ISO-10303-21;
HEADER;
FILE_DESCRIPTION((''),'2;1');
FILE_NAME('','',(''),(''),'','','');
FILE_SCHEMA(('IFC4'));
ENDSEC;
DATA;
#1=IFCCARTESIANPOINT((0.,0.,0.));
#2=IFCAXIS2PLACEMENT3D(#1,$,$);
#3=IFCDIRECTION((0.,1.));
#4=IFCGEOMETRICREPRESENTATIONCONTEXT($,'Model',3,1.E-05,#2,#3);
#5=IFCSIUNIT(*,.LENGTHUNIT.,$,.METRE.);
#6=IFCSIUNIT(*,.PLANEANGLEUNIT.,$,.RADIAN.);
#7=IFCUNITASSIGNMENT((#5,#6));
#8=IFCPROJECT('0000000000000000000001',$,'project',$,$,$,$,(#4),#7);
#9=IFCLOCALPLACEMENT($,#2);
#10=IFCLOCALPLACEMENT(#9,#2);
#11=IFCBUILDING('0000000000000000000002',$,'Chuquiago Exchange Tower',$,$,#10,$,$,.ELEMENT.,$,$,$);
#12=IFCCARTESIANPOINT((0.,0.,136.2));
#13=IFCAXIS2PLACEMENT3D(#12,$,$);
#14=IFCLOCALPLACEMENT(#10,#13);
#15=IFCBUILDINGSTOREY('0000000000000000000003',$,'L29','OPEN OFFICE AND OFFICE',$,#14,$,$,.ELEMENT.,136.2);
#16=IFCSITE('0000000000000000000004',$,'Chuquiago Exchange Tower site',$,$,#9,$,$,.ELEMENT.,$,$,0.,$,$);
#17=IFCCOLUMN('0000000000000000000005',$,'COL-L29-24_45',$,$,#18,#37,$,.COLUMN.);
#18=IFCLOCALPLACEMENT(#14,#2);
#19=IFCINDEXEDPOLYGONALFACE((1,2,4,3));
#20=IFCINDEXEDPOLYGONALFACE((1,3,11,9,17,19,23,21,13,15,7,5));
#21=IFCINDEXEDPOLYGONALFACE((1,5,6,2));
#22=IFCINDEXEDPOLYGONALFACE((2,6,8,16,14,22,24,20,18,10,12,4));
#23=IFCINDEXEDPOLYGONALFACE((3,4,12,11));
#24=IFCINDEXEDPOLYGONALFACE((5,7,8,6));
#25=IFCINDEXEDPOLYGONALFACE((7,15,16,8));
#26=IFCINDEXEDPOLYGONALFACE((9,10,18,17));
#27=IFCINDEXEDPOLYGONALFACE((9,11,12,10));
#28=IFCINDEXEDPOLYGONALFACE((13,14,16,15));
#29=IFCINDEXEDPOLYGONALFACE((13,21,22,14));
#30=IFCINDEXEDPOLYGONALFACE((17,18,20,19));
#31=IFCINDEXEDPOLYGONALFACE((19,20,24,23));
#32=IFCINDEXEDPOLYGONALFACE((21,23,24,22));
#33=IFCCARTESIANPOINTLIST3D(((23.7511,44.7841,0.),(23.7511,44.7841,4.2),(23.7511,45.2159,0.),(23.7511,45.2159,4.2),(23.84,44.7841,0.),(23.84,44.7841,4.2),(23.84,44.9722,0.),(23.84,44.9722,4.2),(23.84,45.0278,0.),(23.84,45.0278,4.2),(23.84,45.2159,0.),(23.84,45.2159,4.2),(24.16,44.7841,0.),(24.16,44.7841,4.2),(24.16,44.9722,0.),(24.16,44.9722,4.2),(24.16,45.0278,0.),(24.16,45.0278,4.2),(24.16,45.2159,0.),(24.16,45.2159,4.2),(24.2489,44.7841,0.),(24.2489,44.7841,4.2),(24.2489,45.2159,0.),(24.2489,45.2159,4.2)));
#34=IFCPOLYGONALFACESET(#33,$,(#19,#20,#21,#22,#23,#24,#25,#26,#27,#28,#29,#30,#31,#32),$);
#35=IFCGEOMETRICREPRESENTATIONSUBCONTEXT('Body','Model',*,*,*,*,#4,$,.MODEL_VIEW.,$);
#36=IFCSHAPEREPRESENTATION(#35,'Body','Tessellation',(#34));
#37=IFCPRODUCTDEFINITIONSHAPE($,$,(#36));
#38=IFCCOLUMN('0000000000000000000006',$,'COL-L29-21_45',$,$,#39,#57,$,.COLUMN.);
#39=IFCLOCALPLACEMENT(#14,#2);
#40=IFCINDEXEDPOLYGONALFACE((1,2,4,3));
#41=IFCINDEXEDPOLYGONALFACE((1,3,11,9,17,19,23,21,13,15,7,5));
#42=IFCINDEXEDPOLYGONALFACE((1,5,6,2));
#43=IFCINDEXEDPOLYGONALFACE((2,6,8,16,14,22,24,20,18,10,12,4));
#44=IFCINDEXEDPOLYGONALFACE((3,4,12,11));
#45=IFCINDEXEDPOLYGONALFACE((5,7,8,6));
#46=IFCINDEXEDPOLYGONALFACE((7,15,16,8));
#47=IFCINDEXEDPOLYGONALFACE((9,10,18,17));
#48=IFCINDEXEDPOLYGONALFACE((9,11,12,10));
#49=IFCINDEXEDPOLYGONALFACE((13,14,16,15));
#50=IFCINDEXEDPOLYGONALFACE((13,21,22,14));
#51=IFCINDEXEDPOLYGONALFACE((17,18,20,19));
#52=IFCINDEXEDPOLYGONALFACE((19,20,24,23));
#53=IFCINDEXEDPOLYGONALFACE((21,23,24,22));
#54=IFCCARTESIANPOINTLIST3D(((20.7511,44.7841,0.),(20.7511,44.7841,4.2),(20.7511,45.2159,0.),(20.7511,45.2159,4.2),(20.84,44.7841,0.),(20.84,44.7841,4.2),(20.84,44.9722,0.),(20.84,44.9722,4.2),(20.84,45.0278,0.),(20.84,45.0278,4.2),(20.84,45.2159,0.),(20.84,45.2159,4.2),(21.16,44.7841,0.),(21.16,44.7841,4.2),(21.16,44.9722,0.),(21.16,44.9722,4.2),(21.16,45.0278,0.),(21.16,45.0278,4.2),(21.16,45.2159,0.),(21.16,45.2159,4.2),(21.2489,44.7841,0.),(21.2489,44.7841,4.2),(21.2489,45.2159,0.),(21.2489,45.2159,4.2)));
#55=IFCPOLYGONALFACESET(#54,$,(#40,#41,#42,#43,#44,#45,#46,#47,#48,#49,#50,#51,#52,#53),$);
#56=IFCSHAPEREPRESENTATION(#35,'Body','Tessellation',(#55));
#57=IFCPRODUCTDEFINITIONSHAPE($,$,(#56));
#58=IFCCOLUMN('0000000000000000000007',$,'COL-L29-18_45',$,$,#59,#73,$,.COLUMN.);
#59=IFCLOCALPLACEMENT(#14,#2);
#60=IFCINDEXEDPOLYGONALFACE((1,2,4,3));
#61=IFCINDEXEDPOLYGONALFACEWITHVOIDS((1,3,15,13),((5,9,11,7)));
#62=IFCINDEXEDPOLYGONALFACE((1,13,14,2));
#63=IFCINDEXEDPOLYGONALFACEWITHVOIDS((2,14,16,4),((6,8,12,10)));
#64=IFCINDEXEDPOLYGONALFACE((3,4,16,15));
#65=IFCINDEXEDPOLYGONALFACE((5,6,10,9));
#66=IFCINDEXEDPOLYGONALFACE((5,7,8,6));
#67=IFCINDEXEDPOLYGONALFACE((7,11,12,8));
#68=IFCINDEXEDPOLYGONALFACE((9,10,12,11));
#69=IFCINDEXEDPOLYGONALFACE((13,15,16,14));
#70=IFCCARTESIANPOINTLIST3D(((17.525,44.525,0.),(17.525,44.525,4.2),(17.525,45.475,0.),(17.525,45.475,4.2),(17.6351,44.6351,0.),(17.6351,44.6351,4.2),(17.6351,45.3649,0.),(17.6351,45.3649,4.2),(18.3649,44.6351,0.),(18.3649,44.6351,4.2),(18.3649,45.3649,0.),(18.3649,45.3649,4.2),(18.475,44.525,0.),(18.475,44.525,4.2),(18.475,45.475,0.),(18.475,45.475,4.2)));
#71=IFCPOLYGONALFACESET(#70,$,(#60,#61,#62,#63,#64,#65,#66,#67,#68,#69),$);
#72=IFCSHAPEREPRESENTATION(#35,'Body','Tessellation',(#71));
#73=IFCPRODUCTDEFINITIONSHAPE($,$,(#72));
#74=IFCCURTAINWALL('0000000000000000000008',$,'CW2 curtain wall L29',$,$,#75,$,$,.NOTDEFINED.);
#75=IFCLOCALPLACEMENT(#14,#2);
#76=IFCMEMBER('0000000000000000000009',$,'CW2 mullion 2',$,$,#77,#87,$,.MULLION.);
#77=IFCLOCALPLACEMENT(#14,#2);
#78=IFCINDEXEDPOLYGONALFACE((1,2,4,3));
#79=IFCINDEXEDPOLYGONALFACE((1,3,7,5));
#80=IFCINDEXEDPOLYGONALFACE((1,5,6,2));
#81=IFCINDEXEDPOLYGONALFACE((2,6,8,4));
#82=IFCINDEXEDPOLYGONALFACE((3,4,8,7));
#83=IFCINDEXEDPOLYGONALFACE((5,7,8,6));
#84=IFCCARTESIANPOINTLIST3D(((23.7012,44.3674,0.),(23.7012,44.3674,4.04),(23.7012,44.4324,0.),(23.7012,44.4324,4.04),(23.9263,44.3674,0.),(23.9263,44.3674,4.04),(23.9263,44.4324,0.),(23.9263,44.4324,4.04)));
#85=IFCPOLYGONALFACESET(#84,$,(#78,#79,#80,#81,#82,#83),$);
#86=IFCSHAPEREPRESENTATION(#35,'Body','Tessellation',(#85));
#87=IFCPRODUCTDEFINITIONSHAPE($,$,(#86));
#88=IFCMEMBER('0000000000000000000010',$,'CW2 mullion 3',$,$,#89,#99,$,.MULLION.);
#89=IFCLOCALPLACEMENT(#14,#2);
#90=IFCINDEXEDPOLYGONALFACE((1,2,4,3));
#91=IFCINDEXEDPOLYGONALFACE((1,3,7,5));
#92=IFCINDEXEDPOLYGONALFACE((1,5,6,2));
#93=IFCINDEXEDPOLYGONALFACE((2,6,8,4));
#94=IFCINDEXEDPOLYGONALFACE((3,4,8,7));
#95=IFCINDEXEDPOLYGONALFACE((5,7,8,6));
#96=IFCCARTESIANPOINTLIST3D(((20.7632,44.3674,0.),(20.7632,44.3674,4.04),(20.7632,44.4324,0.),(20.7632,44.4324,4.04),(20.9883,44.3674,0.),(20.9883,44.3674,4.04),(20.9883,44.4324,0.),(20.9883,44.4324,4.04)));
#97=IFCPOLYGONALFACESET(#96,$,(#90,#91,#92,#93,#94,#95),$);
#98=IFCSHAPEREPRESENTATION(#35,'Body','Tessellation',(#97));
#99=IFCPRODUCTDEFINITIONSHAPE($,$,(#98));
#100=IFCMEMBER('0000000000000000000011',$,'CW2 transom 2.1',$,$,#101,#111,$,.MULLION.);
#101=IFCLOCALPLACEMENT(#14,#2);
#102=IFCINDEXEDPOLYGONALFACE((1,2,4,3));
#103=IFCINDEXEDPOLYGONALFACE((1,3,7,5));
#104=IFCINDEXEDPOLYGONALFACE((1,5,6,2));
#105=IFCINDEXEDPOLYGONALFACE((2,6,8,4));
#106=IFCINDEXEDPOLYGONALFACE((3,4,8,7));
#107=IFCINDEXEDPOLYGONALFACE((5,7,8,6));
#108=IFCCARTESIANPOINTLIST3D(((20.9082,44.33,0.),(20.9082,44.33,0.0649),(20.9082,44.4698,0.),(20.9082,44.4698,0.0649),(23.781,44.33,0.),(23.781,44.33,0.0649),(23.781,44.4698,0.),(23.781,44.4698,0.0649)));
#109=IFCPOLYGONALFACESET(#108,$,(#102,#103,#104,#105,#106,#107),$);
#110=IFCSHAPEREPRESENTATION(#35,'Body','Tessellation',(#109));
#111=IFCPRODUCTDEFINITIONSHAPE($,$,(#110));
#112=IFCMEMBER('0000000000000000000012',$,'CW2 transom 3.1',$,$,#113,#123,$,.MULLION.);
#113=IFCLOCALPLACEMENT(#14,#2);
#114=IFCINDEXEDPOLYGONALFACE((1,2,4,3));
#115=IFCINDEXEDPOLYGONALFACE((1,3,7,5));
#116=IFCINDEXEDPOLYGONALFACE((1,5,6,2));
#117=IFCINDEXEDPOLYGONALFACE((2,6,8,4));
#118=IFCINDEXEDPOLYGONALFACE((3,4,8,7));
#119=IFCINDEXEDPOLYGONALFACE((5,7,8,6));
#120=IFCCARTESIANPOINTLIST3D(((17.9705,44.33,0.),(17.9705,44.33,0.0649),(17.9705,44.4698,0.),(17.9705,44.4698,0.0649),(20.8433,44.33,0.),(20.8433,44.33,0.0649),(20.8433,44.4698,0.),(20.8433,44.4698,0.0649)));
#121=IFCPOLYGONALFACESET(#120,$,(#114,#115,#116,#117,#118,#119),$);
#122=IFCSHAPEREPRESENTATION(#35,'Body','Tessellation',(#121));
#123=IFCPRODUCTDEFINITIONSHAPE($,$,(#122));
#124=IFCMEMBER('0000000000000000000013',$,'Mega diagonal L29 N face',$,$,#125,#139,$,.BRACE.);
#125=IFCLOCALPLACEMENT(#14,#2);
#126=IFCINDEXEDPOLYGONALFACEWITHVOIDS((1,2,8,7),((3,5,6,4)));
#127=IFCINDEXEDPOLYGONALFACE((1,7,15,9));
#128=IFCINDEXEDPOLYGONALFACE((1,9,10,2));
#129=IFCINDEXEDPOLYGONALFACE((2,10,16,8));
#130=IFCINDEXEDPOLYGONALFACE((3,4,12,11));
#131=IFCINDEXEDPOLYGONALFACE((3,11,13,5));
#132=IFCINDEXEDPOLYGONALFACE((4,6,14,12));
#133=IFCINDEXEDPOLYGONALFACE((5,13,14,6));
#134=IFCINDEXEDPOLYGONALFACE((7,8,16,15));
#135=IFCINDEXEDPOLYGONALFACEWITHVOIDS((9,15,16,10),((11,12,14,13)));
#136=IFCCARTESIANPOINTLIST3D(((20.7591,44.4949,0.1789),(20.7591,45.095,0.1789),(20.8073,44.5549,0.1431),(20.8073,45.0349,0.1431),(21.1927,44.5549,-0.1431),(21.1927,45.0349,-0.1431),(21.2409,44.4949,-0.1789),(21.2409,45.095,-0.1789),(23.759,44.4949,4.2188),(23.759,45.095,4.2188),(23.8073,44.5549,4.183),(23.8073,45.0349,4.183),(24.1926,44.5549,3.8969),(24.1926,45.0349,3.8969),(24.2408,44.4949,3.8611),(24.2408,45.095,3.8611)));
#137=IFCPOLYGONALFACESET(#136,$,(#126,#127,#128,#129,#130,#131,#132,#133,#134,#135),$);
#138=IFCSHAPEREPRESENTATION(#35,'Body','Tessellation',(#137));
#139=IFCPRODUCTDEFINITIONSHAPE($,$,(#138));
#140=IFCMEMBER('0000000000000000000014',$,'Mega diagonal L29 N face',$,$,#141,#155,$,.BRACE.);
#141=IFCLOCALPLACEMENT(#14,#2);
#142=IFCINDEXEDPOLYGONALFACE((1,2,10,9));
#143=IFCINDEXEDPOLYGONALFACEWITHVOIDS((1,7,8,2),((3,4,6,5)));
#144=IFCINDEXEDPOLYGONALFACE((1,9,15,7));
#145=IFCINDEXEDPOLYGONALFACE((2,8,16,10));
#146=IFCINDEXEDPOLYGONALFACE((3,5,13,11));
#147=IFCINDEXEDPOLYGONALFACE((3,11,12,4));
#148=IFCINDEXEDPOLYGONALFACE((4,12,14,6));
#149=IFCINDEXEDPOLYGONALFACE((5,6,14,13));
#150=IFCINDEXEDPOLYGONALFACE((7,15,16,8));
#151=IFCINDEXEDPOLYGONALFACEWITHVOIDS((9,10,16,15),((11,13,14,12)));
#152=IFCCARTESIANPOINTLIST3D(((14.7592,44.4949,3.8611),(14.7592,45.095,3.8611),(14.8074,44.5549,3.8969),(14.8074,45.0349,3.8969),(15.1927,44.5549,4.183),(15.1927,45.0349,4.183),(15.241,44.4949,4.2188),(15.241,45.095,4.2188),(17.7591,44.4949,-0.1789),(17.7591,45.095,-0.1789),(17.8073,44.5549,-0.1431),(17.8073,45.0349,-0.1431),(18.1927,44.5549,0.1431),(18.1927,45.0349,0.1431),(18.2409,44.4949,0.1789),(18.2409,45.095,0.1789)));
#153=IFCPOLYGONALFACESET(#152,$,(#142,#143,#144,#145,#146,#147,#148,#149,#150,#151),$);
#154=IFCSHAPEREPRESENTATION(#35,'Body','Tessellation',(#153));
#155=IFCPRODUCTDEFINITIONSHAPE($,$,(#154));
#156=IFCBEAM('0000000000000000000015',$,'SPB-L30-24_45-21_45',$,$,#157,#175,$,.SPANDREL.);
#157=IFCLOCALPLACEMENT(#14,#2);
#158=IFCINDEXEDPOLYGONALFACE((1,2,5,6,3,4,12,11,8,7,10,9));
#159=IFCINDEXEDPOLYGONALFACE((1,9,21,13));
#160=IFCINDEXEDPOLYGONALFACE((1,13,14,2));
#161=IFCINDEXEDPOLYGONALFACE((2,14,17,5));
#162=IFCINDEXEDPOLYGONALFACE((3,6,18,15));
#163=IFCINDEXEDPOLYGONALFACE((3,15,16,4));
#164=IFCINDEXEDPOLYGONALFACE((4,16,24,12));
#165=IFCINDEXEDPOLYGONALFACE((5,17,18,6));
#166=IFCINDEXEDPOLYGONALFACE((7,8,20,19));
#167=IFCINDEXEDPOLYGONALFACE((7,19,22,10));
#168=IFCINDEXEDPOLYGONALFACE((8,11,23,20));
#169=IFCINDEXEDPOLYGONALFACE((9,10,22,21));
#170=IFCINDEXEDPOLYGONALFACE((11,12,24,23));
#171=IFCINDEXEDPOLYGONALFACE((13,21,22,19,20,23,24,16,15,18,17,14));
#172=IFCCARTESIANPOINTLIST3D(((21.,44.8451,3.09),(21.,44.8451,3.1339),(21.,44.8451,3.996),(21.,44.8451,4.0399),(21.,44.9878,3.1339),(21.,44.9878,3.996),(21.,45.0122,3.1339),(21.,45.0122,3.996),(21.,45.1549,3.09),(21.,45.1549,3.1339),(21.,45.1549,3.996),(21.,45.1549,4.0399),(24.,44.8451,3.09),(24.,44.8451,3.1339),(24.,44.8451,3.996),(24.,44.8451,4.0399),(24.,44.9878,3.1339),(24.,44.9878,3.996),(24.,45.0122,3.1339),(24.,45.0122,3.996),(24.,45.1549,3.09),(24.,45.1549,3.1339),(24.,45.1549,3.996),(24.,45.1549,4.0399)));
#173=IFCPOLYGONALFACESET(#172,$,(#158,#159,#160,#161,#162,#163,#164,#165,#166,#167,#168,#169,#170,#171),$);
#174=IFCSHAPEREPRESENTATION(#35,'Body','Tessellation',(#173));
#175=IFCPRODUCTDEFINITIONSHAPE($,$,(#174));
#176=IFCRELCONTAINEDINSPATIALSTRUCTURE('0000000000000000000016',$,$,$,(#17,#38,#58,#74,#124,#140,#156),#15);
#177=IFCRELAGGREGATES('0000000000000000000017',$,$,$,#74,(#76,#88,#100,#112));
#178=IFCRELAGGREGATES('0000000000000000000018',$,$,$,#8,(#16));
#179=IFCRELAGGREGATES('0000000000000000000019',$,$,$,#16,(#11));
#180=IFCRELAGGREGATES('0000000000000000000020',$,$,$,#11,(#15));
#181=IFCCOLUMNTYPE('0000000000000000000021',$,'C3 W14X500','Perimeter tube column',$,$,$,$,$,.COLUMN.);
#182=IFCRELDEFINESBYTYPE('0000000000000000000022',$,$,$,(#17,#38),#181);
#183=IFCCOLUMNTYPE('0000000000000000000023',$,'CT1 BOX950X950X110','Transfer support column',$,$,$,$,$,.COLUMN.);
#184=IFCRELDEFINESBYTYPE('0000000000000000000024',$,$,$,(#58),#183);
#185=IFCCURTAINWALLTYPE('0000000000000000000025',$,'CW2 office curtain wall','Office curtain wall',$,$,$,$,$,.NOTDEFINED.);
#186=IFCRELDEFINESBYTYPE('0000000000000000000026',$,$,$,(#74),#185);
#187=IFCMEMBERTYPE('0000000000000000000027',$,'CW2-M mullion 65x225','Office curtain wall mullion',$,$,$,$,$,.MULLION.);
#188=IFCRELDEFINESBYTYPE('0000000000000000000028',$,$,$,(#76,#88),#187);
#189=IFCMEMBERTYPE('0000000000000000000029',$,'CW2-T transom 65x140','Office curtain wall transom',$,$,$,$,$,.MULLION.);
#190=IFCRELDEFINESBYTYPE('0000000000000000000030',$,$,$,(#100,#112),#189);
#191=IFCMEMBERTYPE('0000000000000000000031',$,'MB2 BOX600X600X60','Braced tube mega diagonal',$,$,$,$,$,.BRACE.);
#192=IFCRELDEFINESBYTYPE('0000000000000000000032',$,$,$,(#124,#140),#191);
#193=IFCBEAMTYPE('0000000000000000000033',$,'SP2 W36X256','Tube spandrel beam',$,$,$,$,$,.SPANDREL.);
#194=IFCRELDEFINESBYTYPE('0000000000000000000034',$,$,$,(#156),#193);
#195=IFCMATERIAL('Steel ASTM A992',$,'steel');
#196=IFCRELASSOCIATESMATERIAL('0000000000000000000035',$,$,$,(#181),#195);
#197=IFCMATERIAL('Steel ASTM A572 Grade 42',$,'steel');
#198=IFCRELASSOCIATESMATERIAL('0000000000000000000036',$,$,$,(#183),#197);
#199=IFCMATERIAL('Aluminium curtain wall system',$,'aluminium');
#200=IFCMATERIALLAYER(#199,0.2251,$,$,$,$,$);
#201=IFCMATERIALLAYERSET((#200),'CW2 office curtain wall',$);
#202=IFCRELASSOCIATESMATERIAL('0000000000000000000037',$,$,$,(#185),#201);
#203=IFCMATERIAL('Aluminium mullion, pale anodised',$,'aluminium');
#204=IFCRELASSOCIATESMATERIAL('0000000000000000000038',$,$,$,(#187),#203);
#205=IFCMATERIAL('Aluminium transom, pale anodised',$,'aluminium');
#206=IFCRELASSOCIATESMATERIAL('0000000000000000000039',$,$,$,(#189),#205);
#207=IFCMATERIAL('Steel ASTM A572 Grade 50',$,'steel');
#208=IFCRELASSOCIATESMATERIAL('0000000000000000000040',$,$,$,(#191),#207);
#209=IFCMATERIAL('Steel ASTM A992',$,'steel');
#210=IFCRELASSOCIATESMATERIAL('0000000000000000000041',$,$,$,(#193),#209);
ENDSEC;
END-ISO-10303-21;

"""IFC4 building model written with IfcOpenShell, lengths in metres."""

from ifc_helpers import new_model, si_unit, direction, frame, origin, origin_2d, place, context, subcontext, project, spatial, rectangle, hollow_rectangle, i_section, extrude, material, layer, layer_set, material_profile, profile_set, type_object, element, aggregate, save


model = new_model("IFC4")

# Units and contexts
model_context = context("Model", 3, precision=1e-05, world=origin(), true_north=direction((0.0, 1.0)))
body_context = subcontext(model_context, "Body", "Model", "MODEL_VIEW")
ifc_project = project(units=[si_unit("LENGTHUNIT", "METRE"), si_unit("PLANEANGLEUNIT", "RADIAN")], contexts=[model_context])

# Site, building, storey
site_placement = place(None, origin())
site = spatial("IfcSite", under=ifc_project, at=site_placement, Name="Chuquiago Exchange Tower site", CompositionType="ELEMENT", RefElevation=0.0)
building_placement = place(site_placement, origin())
building = spatial("IfcBuilding", under=site, at=building_placement, Name="Chuquiago Exchange Tower", CompositionType="ELEMENT")
storey_placement = place(building_placement, frame((0.0, 0.0, 136.2)))
storey = spatial("IfcBuildingStorey", under=building, at=storey_placement, Name="L29", Description="OPEN OFFICE AND OFFICE", CompositionType="ELEMENT", Elevation=136.2)

# Columns
ifc_material_1 = material(Name="Steel ASTM A992", Category="steel")
ifc_material_profile_1 = material_profile(ifc_material_1, i_section(OverallWidth=0.4319, OverallDepth=0.4978, WebThickness=0.0557, FlangeThickness=0.0889, at=origin_2d()), Name="W14X500")
ifc_profile_set_1 = profile_set([ifc_material_profile_1], Name="Steel ASTM A992")
column_type_1 = type_object("IfcColumnType", Name="C3 W14X500", Description="Perimeter tube column", PredefinedType="COLUMN", material=ifc_profile_set_1)
for number, where, z_axis, x_axis, name in (
    (1, (24.0, 45.0, 0.0), (0.0, 0.0, 1.0), (0.0, 1.0, 0.0), "COL-L29-24_45"),
    (2, (21.0, 45.0, 0.0), (0.0, 0.0, 1.0), (0.0, 1.0, 0.0), "COL-L29-21_45"),
):
    element("IfcColumn", number, at=place(storey_placement, frame(where, z_axis=z_axis, x_axis=x_axis)), inside=storey, type_object=column_type_1, Name=name, PredefinedType="COLUMN", context=body_context, shape_type="SweptSolid", body=[
        extrude(i_section(OverallWidth=0.4319, OverallDepth=0.4978, WebThickness=0.0557, FlangeThickness=0.0889, at=origin_2d()), origin(), (0.0, 0.0, 1.0), 4.2),
    ])
ifc_material_2 = material(Name="Steel ASTM A572 Grade 42", Category="steel")
ifc_material_profile_2 = material_profile(ifc_material_2, hollow_rectangle(XDim=0.95, YDim=0.95, WallThickness=0.1101, at=origin_2d()), Name="BOX950X950X110")
ifc_profile_set_2 = profile_set([ifc_material_profile_2], Name="Steel ASTM A572 Grade 42")
column_type_2 = type_object("IfcColumnType", Name="CT1 BOX950X950X110", Description="Transfer support column", PredefinedType="COLUMN", material=ifc_profile_set_2)
column_placement = place(storey_placement, frame((18.0, 45.0, 0.0), z_axis=(0.0, 0.0, 1.0), x_axis=(0.0, 1.0, 0.0)))
element("IfcColumn", 3, at=column_placement, inside=storey, type_object=column_type_2, Name="COL-L29-18_45", PredefinedType="COLUMN", context=body_context, shape_type="SweptSolid", body=[
    extrude(hollow_rectangle(XDim=0.95, YDim=0.95, WallThickness=0.1101, at=origin_2d()), origin(), (0.0, 0.0, 1.0), 4.2),
])

# Curtain wall, members
ifc_material_3 = material(Name="Aluminium curtain wall system", Category="aluminium")
ifc_layer_1 = layer(ifc_material_3, 0.2251)
ifc_layer_set_1 = layer_set([ifc_layer_1], Name="CW2 office curtain wall")
curtain_wall_type = type_object("IfcCurtainWallType", Name="CW2 office curtain wall", Description="Office curtain wall", PredefinedType="NOTDEFINED", material=ifc_layer_set_1)
curtain_wall_placement = place(storey_placement, origin())
curtain_wall = element("IfcCurtainWall", 4, at=curtain_wall_placement, inside=storey, type_object=curtain_wall_type, Name="CW2 curtain wall L29", PredefinedType="NOTDEFINED")
ifc_material_4 = material(Name="Aluminium mullion, pale anodised", Category="aluminium")
ifc_material_profile_3 = material_profile(ifc_material_4, rectangle(XDim=0.0649, YDim=0.2251, at=origin_2d()), Name="AL 65x225")
ifc_profile_set_3 = profile_set([ifc_material_profile_3], Name="Aluminium mullion, pale anodised")
member_type_1 = type_object("IfcMemberType", Name="CW2-M mullion 65x225", Description="Office curtain wall mullion", PredefinedType="MULLION", material=ifc_profile_set_3)
member_1_placement = place(storey_placement, frame((23.8137, 44.3999, 0.0), z_axis=(0.0, 0.0, 1.0), x_axis=(0.0, -1.0, 0.0)))
member_1 = element("IfcMember", 5, at=member_1_placement, type_object=member_type_1, Name="CW2 mullion 2", PredefinedType="MULLION", context=body_context, shape_type="SweptSolid", body=[
    extrude(rectangle(XDim=0.0649, YDim=0.2251, at=origin_2d()), origin(), (0.0, 0.0, 1.0), 4.04),
])
member_2_placement = place(storey_placement, frame((20.8757, 44.3999, 0.0), z_axis=(0.0, 0.0, 1.0), x_axis=(0.0, -1.0, 0.0)))
member_2 = element("IfcMember", 6, at=member_2_placement, type_object=member_type_1, Name="CW2 mullion 3", PredefinedType="MULLION", context=body_context, shape_type="SweptSolid", body=[
    extrude(rectangle(XDim=0.0649, YDim=0.2251, at=origin_2d()), origin(), (0.0, 0.0, 1.0), 4.04),
])
ifc_material_5 = material(Name="Aluminium transom, pale anodised", Category="aluminium")
ifc_material_profile_4 = material_profile(ifc_material_5, rectangle(XDim=0.1399, YDim=0.0649, at=origin_2d()), Name="AL 140x65")
ifc_profile_set_4 = profile_set([ifc_material_profile_4], Name="Aluminium transom, pale anodised")
member_type_2 = type_object("IfcMemberType", Name="CW2-T transom 65x140", Description="Office curtain wall transom", PredefinedType="MULLION", material=ifc_profile_set_4)
member_3_placement = place(storey_placement, frame((23.781, 44.3999, 0.0325), z_axis=(-1.0, 0.0, 0.0), x_axis=(0.0, -1.0, 0.0)))
member_3 = element("IfcMember", 7, at=member_3_placement, type_object=member_type_2, Name="CW2 transom 2.1", PredefinedType="MULLION", context=body_context, shape_type="SweptSolid", body=[
    extrude(rectangle(XDim=0.1399, YDim=0.0649, at=origin_2d()), origin(), (0.0, 0.0, 1.0), 2.8728),
])
member_4_placement = place(storey_placement, frame((20.8433, 44.3999, 0.0325), z_axis=(-1.0, 0.0, 0.0), x_axis=(0.0, -1.0, 0.0)))
member_4 = element("IfcMember", 8, at=member_4_placement, type_object=member_type_2, Name="CW2 transom 3.1", PredefinedType="MULLION", context=body_context, shape_type="SweptSolid", body=[
    extrude(rectangle(XDim=0.1399, YDim=0.0649, at=origin_2d()), origin(), (0.0, 0.0, 1.0), 2.8728),
])

# Members
ifc_material_6 = material(Name="Steel ASTM A572 Grade 50", Category="steel")
ifc_material_profile_5 = material_profile(ifc_material_6, hollow_rectangle(XDim=0.6001, YDim=0.6001, WallThickness=0.0601, at=origin_2d()), Name="BOX600X600X60")
ifc_profile_set_5 = profile_set([ifc_material_profile_5], Name="Steel ASTM A572 Grade 50")
member_type_3 = type_object("IfcMemberType", Name="MB2 BOX600X600X60", Description="Braced tube mega diagonal", PredefinedType="BRACE", material=ifc_profile_set_5)
for number, where, z_axis, x_axis, name in (
    (9, (21.0, 44.7949, 0.0), (0.596174, 0.0, 0.802855), (0.0, 1.0, 0.0), "Mega diagonal L29 N face"),
    (10, (18.0, 44.7949, 0.0), (-0.596174, 0.0, 0.802855), (0.0, -1.0, 0.0), "Mega diagonal L29 N face"),
):
    element("IfcMember", number, at=place(storey_placement, frame(where, z_axis=z_axis, x_axis=x_axis)), inside=storey, type_object=member_type_3, Name=name, PredefinedType="BRACE", context=body_context, shape_type="SweptSolid", body=[
        extrude(hollow_rectangle(XDim=0.6001, YDim=0.6001, WallThickness=0.0601, at=origin_2d()), origin(), (0.0, 0.0, 1.0), 5.032),
    ])

# Beam
ifc_material_7 = material(Name="Steel ASTM A992", Category="steel")
ifc_material_profile_6 = material_profile(ifc_material_7, i_section(OverallWidth=0.3098, OverallDepth=0.95, WebThickness=0.0244, FlangeThickness=0.0439, at=origin_2d()), Name="W36X256")
ifc_profile_set_6 = profile_set([ifc_material_profile_6], Name="Steel ASTM A992")
beam_type = type_object("IfcBeamType", Name="SP2 W36X256", Description="Tube spandrel beam", PredefinedType="SPANDREL", material=ifc_profile_set_6)
for number, where, z_axis, x_axis, name in (
    (11, (24.0, 45.0, 3.5649), (-1.0, 0.0, 0.0), (0.0, -1.0, 0.0), "SPB-L30-24_45-21_45"),
):
    element("IfcBeam", number, at=place(storey_placement, frame(where, z_axis=z_axis, x_axis=x_axis)), inside=storey, type_object=beam_type, Name=name, PredefinedType="SPANDREL", context=body_context, shape_type="SweptSolid", body=[
        extrude(i_section(OverallWidth=0.3098, OverallDepth=0.95, WebThickness=0.0244, FlangeThickness=0.0439, at=origin_2d()), origin(), (0.0, 0.0, 1.0), 3.0),
    ])

aggregate(curtain_wall, [member_1, member_2, member_3, member_4])

save(model, "model.ifc")
